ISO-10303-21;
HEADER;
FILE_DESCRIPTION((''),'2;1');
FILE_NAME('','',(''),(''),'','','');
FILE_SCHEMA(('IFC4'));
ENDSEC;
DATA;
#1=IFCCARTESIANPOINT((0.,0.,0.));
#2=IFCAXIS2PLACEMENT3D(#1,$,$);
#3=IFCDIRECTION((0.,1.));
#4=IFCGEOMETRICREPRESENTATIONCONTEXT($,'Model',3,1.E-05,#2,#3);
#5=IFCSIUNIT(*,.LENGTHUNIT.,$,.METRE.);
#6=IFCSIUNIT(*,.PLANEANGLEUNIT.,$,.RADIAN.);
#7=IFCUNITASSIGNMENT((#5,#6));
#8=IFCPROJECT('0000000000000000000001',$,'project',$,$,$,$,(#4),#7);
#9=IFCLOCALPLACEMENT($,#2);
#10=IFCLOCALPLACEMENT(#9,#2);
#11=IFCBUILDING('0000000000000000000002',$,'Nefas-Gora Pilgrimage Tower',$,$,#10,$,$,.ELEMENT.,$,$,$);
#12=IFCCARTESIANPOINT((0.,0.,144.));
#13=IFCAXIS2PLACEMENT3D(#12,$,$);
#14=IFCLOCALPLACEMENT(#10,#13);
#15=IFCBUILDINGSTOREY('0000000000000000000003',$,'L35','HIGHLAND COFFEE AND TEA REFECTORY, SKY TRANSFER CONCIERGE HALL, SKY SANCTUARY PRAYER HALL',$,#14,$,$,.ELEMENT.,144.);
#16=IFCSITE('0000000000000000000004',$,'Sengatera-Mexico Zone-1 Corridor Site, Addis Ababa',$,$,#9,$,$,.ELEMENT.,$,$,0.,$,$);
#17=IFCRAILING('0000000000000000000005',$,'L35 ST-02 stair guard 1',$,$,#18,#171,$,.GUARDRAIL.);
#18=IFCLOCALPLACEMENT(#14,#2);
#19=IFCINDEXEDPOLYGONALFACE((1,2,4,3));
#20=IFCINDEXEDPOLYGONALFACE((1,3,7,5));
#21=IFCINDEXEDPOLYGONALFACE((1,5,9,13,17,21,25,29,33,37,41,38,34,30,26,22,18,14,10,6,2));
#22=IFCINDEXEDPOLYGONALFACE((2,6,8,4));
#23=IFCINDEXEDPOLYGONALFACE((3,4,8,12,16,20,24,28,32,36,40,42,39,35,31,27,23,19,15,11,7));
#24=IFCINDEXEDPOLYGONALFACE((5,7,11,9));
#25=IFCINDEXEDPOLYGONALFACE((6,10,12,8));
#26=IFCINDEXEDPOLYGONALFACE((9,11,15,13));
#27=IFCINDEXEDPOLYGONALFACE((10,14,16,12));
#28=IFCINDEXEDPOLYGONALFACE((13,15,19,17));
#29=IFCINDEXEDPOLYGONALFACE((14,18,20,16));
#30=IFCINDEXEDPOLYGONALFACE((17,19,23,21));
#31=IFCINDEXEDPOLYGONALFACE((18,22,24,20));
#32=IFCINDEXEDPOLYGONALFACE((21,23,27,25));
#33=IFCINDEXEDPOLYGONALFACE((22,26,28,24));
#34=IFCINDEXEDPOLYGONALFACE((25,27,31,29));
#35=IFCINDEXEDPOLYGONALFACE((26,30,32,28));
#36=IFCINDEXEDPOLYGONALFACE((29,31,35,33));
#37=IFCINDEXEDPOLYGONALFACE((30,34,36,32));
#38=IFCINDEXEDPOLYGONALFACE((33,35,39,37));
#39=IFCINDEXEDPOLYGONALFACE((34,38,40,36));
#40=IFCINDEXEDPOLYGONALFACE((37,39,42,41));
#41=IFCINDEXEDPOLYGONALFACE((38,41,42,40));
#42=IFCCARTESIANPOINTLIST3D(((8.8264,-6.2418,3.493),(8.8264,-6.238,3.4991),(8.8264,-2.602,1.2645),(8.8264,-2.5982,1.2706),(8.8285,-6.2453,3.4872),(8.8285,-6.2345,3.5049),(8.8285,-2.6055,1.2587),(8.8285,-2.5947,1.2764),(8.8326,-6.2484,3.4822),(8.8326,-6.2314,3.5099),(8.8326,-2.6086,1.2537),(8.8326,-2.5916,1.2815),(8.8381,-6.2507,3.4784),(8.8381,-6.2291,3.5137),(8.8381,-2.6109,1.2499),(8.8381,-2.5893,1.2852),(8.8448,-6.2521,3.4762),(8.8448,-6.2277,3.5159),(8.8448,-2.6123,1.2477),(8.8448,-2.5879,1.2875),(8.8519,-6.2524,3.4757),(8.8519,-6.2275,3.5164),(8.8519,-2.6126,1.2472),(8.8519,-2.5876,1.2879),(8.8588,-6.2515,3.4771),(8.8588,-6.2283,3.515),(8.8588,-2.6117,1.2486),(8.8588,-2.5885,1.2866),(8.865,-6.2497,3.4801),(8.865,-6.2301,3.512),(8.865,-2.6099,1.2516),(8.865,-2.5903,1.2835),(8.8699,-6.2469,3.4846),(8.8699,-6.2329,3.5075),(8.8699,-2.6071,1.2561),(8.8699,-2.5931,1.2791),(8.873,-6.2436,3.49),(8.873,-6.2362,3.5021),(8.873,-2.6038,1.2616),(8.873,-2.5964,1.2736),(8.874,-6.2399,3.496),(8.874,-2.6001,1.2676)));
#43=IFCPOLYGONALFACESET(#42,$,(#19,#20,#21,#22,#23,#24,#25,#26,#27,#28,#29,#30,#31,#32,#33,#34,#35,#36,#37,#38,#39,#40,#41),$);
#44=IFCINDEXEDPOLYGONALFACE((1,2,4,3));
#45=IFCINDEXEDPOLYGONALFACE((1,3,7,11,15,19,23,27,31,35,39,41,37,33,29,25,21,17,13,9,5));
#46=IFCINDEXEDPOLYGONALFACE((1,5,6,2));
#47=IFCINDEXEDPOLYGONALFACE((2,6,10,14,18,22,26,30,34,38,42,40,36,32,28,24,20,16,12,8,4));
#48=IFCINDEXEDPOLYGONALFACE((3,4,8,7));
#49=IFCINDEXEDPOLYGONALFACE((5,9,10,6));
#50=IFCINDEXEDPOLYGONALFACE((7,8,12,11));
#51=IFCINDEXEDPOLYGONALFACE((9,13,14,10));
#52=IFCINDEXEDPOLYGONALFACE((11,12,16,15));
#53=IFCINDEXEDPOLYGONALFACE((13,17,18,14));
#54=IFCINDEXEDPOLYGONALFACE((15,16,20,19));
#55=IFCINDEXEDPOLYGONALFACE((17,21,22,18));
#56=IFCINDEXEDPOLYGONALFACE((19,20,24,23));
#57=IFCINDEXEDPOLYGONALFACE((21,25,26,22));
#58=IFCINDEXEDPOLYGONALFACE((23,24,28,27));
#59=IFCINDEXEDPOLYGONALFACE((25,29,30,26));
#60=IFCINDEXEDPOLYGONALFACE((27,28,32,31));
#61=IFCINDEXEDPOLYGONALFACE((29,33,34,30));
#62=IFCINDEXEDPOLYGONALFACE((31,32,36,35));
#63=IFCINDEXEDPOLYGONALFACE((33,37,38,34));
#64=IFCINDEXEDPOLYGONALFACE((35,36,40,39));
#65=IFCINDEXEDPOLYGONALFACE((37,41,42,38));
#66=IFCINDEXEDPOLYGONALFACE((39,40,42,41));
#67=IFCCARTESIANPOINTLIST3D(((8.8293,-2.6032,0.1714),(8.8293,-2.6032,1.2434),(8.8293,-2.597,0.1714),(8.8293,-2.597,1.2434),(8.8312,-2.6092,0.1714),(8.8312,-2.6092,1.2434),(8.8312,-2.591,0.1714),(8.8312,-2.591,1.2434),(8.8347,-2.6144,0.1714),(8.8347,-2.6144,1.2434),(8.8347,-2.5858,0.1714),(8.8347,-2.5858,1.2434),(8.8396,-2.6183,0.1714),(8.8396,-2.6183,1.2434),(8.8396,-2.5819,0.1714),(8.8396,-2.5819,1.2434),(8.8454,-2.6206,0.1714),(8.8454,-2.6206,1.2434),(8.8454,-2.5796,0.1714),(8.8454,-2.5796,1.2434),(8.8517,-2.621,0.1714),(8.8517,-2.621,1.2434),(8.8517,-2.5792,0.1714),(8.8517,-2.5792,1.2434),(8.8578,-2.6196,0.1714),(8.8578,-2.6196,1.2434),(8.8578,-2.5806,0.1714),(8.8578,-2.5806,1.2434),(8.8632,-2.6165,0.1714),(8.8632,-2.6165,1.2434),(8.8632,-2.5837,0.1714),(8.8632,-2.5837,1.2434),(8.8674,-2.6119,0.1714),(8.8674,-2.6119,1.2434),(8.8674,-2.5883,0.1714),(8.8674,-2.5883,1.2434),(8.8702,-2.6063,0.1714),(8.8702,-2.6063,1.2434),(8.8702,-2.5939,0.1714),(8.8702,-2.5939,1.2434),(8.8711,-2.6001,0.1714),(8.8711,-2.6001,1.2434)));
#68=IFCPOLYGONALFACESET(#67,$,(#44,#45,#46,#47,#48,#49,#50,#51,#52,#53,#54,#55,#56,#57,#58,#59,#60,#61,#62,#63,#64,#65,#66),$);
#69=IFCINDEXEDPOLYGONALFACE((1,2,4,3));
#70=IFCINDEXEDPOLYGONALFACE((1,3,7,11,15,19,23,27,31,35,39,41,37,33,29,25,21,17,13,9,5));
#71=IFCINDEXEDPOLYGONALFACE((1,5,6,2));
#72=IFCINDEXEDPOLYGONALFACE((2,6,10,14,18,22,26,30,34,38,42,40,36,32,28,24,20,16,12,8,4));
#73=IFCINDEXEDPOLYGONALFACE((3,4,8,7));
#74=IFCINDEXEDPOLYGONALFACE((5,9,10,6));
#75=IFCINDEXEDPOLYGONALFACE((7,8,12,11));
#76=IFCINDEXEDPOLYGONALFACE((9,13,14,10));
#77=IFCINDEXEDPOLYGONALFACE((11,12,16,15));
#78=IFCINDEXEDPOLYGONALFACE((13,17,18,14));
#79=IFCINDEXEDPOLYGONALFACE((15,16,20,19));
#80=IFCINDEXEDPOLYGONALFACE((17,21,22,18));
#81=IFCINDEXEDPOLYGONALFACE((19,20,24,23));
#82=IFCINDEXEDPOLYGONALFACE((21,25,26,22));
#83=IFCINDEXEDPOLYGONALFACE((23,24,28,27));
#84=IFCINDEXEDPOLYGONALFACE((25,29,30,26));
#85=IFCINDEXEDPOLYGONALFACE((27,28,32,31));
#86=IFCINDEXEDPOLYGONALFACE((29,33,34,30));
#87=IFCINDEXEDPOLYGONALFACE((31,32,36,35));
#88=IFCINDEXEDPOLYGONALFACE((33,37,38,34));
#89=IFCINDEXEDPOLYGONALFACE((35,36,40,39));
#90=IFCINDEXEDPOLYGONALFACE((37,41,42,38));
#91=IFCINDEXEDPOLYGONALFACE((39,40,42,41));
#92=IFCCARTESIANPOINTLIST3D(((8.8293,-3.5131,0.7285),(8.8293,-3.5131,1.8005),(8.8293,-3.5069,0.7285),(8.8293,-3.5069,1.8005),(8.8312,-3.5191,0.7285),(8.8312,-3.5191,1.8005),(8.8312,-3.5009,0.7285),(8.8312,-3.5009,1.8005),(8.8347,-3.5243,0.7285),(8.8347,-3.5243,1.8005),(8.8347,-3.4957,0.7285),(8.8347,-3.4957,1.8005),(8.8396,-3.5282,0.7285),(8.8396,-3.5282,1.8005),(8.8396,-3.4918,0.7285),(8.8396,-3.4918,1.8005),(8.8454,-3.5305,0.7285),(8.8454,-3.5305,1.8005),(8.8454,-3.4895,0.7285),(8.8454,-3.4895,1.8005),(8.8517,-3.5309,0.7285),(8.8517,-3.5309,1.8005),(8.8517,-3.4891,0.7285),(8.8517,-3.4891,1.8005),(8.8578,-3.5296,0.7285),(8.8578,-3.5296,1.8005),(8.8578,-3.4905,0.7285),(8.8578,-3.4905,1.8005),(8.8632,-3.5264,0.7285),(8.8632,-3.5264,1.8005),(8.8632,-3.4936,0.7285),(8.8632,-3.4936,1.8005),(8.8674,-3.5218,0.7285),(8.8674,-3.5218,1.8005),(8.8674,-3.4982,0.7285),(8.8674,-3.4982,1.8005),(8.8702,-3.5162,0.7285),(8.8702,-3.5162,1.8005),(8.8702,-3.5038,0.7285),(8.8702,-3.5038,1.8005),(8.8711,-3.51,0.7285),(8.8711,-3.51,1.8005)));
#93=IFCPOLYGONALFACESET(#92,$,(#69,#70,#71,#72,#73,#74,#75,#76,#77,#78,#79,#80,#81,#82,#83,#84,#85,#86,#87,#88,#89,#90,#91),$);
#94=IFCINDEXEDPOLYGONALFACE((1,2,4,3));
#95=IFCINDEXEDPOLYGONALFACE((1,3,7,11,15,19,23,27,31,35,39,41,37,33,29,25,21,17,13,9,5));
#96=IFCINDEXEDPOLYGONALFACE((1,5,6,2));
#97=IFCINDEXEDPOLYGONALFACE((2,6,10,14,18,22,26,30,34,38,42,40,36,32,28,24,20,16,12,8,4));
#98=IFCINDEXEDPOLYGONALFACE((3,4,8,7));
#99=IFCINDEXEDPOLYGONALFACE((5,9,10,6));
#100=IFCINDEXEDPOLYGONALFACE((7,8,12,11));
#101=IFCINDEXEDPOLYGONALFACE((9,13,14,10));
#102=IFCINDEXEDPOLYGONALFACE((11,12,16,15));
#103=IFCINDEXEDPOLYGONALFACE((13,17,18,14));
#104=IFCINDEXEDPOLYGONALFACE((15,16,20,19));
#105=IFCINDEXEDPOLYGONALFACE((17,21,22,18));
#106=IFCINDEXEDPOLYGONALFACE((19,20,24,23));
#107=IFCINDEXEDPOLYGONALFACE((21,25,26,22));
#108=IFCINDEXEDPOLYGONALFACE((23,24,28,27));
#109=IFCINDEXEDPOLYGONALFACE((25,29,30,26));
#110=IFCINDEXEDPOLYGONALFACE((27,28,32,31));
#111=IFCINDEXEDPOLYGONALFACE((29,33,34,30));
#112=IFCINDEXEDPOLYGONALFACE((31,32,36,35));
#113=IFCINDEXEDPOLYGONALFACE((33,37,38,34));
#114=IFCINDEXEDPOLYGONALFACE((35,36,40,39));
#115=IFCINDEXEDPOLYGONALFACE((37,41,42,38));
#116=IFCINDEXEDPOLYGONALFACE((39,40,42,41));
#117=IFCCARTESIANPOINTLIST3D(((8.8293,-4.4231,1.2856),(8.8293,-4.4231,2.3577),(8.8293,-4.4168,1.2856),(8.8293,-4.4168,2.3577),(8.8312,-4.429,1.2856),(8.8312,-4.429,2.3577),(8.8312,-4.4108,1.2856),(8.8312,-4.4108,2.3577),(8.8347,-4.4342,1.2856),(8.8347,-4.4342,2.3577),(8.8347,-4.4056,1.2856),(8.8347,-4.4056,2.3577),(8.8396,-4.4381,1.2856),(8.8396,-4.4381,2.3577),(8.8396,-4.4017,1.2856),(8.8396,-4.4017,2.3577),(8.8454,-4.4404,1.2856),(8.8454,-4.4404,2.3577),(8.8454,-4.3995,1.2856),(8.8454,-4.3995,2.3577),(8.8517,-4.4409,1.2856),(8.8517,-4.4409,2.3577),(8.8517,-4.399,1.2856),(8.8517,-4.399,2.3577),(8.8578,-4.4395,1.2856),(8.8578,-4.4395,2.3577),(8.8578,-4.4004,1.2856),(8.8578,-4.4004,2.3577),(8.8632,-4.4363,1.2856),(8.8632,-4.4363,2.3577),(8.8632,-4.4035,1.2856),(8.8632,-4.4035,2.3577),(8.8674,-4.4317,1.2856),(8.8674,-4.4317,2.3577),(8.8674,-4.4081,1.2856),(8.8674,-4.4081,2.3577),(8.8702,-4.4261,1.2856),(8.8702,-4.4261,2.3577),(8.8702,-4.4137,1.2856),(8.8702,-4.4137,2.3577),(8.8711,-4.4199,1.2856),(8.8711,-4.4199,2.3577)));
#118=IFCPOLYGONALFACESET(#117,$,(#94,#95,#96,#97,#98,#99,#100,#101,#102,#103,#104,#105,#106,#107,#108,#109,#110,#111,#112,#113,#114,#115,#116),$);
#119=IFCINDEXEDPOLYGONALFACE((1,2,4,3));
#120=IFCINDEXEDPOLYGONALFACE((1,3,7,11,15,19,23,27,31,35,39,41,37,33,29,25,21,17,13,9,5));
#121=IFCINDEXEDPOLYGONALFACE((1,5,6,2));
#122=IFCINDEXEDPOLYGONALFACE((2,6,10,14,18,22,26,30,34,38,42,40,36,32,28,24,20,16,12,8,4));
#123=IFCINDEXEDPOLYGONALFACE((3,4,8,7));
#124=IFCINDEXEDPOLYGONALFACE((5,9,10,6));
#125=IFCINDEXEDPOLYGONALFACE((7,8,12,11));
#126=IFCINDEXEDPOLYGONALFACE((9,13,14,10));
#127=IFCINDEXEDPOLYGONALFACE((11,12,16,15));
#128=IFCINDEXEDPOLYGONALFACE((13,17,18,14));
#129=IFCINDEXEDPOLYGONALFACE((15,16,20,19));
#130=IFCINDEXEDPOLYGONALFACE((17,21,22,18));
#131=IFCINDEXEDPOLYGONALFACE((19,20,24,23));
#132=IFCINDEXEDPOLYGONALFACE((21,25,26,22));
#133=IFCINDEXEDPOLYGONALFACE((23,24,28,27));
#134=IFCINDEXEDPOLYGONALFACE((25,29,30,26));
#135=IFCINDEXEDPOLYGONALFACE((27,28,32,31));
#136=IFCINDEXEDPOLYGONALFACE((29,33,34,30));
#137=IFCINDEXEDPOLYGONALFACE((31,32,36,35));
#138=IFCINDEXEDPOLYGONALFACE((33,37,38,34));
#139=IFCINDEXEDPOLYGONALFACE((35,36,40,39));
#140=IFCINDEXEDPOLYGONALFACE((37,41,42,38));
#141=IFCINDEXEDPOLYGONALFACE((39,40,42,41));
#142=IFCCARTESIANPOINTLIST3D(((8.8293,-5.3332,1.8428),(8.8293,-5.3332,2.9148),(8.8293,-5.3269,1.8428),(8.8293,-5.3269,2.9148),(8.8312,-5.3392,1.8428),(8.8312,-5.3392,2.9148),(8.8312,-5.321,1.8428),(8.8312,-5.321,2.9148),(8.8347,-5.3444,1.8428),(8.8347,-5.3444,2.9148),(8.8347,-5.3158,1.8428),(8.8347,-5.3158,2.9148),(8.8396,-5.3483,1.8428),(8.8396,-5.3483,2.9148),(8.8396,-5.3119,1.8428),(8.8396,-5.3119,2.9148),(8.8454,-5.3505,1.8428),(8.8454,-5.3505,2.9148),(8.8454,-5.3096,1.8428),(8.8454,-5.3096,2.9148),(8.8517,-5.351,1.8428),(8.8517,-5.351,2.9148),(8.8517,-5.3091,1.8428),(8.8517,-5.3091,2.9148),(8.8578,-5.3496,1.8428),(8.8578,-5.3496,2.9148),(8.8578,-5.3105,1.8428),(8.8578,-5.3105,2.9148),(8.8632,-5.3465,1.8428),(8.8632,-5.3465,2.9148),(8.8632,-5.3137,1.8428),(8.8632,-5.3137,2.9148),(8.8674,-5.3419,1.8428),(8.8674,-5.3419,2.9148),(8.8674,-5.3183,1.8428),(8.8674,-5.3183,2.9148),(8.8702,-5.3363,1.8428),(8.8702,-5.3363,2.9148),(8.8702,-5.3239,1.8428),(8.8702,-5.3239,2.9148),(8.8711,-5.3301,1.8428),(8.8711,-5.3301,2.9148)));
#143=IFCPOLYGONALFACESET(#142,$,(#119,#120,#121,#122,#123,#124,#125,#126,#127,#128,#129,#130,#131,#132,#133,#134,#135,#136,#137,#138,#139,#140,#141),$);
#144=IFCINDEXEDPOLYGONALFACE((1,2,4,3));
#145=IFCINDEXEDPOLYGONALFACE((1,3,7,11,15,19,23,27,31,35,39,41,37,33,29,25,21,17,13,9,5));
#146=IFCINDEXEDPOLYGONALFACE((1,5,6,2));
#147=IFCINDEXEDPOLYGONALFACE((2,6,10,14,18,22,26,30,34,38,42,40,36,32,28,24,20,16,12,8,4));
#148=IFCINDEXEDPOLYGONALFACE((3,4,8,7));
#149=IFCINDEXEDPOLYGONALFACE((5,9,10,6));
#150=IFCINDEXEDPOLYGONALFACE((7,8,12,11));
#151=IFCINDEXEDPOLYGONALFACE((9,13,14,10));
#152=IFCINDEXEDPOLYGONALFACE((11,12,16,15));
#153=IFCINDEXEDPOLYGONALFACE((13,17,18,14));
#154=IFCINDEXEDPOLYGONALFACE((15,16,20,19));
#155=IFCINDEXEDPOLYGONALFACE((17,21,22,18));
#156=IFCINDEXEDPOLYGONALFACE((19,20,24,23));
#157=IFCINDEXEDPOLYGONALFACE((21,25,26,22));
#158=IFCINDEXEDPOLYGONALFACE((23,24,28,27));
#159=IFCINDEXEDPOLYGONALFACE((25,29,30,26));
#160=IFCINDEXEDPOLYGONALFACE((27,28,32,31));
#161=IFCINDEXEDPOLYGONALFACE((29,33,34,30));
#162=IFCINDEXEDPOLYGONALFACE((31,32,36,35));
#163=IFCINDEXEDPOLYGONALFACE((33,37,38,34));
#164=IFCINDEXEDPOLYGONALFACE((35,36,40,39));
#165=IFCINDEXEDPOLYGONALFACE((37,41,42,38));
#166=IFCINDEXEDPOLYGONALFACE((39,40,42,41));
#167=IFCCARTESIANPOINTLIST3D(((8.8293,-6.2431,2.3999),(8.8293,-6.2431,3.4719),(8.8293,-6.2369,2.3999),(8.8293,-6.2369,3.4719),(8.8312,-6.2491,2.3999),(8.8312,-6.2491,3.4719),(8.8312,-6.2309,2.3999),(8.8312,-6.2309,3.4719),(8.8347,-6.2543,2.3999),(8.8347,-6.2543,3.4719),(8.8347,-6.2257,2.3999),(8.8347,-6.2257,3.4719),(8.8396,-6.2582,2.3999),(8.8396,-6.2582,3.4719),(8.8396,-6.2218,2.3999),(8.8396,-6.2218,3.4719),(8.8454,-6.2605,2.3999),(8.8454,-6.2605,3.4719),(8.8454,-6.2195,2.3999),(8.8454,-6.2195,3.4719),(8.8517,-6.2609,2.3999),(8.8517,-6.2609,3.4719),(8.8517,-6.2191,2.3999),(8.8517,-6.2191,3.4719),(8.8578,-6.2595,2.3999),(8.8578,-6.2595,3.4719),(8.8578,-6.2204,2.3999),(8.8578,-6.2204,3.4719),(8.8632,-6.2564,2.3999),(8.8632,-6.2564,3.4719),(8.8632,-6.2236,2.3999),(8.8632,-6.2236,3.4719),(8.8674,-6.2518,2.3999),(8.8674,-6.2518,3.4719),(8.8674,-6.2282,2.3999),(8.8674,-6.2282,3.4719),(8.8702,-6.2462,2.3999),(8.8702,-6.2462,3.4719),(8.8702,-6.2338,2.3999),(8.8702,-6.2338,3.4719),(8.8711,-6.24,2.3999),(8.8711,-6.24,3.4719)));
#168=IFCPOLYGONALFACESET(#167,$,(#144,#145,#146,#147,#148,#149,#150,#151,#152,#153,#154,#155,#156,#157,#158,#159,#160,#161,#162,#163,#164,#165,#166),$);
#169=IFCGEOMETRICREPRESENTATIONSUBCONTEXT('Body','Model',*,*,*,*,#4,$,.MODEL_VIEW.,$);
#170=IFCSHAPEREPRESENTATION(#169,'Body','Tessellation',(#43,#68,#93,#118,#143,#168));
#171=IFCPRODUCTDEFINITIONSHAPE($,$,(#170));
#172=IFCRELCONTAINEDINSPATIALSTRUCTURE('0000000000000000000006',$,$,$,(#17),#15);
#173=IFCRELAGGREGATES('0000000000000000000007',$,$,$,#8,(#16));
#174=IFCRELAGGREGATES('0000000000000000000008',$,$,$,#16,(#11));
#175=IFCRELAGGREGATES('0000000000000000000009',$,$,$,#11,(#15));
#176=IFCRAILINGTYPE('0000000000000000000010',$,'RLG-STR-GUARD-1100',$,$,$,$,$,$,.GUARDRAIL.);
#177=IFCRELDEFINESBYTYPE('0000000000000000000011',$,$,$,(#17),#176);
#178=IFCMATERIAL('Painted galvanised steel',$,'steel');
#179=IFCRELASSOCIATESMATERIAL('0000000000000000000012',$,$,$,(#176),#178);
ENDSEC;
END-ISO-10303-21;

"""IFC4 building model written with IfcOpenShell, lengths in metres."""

from ifc_helpers import new_model, si_unit, direction, frame, origin, origin_2d, place, context, subcontext, project, spatial, circle, extrude, material, type_object, element, save


model = new_model("IFC4")

# Units and contexts
model_context = context("Model", 3, precision=1e-05, world=origin(), true_north=direction((0.0, 1.0)))
body_context = subcontext(model_context, "Body", "Model", "MODEL_VIEW")
ifc_project = project(units=[si_unit("LENGTHUNIT", "METRE"), si_unit("PLANEANGLEUNIT", "RADIAN")], contexts=[model_context])

# Site, building, storey
site_placement = place(None, origin())
site = spatial("IfcSite", under=ifc_project, at=site_placement, Name="Sengatera-Mexico Zone-1 Corridor Site, Addis Ababa", CompositionType="ELEMENT", RefElevation=0.0)
building_placement = place(site_placement, origin())
building = spatial("IfcBuilding", under=site, at=building_placement, Name="Nefas-Gora Pilgrimage Tower", CompositionType="ELEMENT")
storey_placement = place(building_placement, frame((0.0, 0.0, 144.0)))
storey = spatial("IfcBuildingStorey", under=building, at=storey_placement, Name="L35", Description="HIGHLAND COFFEE AND TEA REFECTORY, SKY TRANSFER CONCIERGE HALL, SKY SANCTUARY PRAYER HALL", CompositionType="ELEMENT", Elevation=144.0)

# Railing
ifc_material_1 = material(Name="Painted galvanised steel", Category="steel")
railing_type_1 = type_object("IfcRailingType", Name="RLG-STR-GUARD-1100", PredefinedType="GUARDRAIL", material=ifc_material_1)
railing_1_placement = place(storey_placement, frame((8.8501, -2.6001, 0.1714)))
element("IfcRailing", 1, at=railing_1_placement, inside=storey, type_object=railing_type_1, Name="L35 ST-02 stair guard 1", PredefinedType="GUARDRAIL", context=body_context, shape_type="SweptSolid", body=[
    extrude(circle(Radius=0.0239, at=origin_2d()), frame((0.0, 0.0, 1.0962), z_axis=(0.0, -0.85285, 0.522156), x_axis=(1.0, 0.0, 0.0)), (0.0, 0.0, 1.0), 4.2678),
    extrude(circle(Radius=0.021, at=origin_2d()), origin(), (0.0, 0.0, 1.0), 1.072),
    extrude(circle(Radius=0.021, at=origin_2d()), frame((0.0, -0.9099, 0.5571)), (0.0, 0.0, 1.0), 1.072),
    extrude(circle(Radius=0.021, at=origin_2d()), frame((0.0, -1.8198, 1.1143)), (0.0, 0.0, 1.0), 1.072),
    extrude(circle(Radius=0.021, at=origin_2d()), frame((0.0, -2.73, 1.6714)), (0.0, 0.0, 1.0), 1.072),
    extrude(circle(Radius=0.021, at=origin_2d()), frame((0.0, -3.6399, 2.2285)), (0.0, 0.0, 1.0), 1.072),
])

save(model, "model.ifc")
